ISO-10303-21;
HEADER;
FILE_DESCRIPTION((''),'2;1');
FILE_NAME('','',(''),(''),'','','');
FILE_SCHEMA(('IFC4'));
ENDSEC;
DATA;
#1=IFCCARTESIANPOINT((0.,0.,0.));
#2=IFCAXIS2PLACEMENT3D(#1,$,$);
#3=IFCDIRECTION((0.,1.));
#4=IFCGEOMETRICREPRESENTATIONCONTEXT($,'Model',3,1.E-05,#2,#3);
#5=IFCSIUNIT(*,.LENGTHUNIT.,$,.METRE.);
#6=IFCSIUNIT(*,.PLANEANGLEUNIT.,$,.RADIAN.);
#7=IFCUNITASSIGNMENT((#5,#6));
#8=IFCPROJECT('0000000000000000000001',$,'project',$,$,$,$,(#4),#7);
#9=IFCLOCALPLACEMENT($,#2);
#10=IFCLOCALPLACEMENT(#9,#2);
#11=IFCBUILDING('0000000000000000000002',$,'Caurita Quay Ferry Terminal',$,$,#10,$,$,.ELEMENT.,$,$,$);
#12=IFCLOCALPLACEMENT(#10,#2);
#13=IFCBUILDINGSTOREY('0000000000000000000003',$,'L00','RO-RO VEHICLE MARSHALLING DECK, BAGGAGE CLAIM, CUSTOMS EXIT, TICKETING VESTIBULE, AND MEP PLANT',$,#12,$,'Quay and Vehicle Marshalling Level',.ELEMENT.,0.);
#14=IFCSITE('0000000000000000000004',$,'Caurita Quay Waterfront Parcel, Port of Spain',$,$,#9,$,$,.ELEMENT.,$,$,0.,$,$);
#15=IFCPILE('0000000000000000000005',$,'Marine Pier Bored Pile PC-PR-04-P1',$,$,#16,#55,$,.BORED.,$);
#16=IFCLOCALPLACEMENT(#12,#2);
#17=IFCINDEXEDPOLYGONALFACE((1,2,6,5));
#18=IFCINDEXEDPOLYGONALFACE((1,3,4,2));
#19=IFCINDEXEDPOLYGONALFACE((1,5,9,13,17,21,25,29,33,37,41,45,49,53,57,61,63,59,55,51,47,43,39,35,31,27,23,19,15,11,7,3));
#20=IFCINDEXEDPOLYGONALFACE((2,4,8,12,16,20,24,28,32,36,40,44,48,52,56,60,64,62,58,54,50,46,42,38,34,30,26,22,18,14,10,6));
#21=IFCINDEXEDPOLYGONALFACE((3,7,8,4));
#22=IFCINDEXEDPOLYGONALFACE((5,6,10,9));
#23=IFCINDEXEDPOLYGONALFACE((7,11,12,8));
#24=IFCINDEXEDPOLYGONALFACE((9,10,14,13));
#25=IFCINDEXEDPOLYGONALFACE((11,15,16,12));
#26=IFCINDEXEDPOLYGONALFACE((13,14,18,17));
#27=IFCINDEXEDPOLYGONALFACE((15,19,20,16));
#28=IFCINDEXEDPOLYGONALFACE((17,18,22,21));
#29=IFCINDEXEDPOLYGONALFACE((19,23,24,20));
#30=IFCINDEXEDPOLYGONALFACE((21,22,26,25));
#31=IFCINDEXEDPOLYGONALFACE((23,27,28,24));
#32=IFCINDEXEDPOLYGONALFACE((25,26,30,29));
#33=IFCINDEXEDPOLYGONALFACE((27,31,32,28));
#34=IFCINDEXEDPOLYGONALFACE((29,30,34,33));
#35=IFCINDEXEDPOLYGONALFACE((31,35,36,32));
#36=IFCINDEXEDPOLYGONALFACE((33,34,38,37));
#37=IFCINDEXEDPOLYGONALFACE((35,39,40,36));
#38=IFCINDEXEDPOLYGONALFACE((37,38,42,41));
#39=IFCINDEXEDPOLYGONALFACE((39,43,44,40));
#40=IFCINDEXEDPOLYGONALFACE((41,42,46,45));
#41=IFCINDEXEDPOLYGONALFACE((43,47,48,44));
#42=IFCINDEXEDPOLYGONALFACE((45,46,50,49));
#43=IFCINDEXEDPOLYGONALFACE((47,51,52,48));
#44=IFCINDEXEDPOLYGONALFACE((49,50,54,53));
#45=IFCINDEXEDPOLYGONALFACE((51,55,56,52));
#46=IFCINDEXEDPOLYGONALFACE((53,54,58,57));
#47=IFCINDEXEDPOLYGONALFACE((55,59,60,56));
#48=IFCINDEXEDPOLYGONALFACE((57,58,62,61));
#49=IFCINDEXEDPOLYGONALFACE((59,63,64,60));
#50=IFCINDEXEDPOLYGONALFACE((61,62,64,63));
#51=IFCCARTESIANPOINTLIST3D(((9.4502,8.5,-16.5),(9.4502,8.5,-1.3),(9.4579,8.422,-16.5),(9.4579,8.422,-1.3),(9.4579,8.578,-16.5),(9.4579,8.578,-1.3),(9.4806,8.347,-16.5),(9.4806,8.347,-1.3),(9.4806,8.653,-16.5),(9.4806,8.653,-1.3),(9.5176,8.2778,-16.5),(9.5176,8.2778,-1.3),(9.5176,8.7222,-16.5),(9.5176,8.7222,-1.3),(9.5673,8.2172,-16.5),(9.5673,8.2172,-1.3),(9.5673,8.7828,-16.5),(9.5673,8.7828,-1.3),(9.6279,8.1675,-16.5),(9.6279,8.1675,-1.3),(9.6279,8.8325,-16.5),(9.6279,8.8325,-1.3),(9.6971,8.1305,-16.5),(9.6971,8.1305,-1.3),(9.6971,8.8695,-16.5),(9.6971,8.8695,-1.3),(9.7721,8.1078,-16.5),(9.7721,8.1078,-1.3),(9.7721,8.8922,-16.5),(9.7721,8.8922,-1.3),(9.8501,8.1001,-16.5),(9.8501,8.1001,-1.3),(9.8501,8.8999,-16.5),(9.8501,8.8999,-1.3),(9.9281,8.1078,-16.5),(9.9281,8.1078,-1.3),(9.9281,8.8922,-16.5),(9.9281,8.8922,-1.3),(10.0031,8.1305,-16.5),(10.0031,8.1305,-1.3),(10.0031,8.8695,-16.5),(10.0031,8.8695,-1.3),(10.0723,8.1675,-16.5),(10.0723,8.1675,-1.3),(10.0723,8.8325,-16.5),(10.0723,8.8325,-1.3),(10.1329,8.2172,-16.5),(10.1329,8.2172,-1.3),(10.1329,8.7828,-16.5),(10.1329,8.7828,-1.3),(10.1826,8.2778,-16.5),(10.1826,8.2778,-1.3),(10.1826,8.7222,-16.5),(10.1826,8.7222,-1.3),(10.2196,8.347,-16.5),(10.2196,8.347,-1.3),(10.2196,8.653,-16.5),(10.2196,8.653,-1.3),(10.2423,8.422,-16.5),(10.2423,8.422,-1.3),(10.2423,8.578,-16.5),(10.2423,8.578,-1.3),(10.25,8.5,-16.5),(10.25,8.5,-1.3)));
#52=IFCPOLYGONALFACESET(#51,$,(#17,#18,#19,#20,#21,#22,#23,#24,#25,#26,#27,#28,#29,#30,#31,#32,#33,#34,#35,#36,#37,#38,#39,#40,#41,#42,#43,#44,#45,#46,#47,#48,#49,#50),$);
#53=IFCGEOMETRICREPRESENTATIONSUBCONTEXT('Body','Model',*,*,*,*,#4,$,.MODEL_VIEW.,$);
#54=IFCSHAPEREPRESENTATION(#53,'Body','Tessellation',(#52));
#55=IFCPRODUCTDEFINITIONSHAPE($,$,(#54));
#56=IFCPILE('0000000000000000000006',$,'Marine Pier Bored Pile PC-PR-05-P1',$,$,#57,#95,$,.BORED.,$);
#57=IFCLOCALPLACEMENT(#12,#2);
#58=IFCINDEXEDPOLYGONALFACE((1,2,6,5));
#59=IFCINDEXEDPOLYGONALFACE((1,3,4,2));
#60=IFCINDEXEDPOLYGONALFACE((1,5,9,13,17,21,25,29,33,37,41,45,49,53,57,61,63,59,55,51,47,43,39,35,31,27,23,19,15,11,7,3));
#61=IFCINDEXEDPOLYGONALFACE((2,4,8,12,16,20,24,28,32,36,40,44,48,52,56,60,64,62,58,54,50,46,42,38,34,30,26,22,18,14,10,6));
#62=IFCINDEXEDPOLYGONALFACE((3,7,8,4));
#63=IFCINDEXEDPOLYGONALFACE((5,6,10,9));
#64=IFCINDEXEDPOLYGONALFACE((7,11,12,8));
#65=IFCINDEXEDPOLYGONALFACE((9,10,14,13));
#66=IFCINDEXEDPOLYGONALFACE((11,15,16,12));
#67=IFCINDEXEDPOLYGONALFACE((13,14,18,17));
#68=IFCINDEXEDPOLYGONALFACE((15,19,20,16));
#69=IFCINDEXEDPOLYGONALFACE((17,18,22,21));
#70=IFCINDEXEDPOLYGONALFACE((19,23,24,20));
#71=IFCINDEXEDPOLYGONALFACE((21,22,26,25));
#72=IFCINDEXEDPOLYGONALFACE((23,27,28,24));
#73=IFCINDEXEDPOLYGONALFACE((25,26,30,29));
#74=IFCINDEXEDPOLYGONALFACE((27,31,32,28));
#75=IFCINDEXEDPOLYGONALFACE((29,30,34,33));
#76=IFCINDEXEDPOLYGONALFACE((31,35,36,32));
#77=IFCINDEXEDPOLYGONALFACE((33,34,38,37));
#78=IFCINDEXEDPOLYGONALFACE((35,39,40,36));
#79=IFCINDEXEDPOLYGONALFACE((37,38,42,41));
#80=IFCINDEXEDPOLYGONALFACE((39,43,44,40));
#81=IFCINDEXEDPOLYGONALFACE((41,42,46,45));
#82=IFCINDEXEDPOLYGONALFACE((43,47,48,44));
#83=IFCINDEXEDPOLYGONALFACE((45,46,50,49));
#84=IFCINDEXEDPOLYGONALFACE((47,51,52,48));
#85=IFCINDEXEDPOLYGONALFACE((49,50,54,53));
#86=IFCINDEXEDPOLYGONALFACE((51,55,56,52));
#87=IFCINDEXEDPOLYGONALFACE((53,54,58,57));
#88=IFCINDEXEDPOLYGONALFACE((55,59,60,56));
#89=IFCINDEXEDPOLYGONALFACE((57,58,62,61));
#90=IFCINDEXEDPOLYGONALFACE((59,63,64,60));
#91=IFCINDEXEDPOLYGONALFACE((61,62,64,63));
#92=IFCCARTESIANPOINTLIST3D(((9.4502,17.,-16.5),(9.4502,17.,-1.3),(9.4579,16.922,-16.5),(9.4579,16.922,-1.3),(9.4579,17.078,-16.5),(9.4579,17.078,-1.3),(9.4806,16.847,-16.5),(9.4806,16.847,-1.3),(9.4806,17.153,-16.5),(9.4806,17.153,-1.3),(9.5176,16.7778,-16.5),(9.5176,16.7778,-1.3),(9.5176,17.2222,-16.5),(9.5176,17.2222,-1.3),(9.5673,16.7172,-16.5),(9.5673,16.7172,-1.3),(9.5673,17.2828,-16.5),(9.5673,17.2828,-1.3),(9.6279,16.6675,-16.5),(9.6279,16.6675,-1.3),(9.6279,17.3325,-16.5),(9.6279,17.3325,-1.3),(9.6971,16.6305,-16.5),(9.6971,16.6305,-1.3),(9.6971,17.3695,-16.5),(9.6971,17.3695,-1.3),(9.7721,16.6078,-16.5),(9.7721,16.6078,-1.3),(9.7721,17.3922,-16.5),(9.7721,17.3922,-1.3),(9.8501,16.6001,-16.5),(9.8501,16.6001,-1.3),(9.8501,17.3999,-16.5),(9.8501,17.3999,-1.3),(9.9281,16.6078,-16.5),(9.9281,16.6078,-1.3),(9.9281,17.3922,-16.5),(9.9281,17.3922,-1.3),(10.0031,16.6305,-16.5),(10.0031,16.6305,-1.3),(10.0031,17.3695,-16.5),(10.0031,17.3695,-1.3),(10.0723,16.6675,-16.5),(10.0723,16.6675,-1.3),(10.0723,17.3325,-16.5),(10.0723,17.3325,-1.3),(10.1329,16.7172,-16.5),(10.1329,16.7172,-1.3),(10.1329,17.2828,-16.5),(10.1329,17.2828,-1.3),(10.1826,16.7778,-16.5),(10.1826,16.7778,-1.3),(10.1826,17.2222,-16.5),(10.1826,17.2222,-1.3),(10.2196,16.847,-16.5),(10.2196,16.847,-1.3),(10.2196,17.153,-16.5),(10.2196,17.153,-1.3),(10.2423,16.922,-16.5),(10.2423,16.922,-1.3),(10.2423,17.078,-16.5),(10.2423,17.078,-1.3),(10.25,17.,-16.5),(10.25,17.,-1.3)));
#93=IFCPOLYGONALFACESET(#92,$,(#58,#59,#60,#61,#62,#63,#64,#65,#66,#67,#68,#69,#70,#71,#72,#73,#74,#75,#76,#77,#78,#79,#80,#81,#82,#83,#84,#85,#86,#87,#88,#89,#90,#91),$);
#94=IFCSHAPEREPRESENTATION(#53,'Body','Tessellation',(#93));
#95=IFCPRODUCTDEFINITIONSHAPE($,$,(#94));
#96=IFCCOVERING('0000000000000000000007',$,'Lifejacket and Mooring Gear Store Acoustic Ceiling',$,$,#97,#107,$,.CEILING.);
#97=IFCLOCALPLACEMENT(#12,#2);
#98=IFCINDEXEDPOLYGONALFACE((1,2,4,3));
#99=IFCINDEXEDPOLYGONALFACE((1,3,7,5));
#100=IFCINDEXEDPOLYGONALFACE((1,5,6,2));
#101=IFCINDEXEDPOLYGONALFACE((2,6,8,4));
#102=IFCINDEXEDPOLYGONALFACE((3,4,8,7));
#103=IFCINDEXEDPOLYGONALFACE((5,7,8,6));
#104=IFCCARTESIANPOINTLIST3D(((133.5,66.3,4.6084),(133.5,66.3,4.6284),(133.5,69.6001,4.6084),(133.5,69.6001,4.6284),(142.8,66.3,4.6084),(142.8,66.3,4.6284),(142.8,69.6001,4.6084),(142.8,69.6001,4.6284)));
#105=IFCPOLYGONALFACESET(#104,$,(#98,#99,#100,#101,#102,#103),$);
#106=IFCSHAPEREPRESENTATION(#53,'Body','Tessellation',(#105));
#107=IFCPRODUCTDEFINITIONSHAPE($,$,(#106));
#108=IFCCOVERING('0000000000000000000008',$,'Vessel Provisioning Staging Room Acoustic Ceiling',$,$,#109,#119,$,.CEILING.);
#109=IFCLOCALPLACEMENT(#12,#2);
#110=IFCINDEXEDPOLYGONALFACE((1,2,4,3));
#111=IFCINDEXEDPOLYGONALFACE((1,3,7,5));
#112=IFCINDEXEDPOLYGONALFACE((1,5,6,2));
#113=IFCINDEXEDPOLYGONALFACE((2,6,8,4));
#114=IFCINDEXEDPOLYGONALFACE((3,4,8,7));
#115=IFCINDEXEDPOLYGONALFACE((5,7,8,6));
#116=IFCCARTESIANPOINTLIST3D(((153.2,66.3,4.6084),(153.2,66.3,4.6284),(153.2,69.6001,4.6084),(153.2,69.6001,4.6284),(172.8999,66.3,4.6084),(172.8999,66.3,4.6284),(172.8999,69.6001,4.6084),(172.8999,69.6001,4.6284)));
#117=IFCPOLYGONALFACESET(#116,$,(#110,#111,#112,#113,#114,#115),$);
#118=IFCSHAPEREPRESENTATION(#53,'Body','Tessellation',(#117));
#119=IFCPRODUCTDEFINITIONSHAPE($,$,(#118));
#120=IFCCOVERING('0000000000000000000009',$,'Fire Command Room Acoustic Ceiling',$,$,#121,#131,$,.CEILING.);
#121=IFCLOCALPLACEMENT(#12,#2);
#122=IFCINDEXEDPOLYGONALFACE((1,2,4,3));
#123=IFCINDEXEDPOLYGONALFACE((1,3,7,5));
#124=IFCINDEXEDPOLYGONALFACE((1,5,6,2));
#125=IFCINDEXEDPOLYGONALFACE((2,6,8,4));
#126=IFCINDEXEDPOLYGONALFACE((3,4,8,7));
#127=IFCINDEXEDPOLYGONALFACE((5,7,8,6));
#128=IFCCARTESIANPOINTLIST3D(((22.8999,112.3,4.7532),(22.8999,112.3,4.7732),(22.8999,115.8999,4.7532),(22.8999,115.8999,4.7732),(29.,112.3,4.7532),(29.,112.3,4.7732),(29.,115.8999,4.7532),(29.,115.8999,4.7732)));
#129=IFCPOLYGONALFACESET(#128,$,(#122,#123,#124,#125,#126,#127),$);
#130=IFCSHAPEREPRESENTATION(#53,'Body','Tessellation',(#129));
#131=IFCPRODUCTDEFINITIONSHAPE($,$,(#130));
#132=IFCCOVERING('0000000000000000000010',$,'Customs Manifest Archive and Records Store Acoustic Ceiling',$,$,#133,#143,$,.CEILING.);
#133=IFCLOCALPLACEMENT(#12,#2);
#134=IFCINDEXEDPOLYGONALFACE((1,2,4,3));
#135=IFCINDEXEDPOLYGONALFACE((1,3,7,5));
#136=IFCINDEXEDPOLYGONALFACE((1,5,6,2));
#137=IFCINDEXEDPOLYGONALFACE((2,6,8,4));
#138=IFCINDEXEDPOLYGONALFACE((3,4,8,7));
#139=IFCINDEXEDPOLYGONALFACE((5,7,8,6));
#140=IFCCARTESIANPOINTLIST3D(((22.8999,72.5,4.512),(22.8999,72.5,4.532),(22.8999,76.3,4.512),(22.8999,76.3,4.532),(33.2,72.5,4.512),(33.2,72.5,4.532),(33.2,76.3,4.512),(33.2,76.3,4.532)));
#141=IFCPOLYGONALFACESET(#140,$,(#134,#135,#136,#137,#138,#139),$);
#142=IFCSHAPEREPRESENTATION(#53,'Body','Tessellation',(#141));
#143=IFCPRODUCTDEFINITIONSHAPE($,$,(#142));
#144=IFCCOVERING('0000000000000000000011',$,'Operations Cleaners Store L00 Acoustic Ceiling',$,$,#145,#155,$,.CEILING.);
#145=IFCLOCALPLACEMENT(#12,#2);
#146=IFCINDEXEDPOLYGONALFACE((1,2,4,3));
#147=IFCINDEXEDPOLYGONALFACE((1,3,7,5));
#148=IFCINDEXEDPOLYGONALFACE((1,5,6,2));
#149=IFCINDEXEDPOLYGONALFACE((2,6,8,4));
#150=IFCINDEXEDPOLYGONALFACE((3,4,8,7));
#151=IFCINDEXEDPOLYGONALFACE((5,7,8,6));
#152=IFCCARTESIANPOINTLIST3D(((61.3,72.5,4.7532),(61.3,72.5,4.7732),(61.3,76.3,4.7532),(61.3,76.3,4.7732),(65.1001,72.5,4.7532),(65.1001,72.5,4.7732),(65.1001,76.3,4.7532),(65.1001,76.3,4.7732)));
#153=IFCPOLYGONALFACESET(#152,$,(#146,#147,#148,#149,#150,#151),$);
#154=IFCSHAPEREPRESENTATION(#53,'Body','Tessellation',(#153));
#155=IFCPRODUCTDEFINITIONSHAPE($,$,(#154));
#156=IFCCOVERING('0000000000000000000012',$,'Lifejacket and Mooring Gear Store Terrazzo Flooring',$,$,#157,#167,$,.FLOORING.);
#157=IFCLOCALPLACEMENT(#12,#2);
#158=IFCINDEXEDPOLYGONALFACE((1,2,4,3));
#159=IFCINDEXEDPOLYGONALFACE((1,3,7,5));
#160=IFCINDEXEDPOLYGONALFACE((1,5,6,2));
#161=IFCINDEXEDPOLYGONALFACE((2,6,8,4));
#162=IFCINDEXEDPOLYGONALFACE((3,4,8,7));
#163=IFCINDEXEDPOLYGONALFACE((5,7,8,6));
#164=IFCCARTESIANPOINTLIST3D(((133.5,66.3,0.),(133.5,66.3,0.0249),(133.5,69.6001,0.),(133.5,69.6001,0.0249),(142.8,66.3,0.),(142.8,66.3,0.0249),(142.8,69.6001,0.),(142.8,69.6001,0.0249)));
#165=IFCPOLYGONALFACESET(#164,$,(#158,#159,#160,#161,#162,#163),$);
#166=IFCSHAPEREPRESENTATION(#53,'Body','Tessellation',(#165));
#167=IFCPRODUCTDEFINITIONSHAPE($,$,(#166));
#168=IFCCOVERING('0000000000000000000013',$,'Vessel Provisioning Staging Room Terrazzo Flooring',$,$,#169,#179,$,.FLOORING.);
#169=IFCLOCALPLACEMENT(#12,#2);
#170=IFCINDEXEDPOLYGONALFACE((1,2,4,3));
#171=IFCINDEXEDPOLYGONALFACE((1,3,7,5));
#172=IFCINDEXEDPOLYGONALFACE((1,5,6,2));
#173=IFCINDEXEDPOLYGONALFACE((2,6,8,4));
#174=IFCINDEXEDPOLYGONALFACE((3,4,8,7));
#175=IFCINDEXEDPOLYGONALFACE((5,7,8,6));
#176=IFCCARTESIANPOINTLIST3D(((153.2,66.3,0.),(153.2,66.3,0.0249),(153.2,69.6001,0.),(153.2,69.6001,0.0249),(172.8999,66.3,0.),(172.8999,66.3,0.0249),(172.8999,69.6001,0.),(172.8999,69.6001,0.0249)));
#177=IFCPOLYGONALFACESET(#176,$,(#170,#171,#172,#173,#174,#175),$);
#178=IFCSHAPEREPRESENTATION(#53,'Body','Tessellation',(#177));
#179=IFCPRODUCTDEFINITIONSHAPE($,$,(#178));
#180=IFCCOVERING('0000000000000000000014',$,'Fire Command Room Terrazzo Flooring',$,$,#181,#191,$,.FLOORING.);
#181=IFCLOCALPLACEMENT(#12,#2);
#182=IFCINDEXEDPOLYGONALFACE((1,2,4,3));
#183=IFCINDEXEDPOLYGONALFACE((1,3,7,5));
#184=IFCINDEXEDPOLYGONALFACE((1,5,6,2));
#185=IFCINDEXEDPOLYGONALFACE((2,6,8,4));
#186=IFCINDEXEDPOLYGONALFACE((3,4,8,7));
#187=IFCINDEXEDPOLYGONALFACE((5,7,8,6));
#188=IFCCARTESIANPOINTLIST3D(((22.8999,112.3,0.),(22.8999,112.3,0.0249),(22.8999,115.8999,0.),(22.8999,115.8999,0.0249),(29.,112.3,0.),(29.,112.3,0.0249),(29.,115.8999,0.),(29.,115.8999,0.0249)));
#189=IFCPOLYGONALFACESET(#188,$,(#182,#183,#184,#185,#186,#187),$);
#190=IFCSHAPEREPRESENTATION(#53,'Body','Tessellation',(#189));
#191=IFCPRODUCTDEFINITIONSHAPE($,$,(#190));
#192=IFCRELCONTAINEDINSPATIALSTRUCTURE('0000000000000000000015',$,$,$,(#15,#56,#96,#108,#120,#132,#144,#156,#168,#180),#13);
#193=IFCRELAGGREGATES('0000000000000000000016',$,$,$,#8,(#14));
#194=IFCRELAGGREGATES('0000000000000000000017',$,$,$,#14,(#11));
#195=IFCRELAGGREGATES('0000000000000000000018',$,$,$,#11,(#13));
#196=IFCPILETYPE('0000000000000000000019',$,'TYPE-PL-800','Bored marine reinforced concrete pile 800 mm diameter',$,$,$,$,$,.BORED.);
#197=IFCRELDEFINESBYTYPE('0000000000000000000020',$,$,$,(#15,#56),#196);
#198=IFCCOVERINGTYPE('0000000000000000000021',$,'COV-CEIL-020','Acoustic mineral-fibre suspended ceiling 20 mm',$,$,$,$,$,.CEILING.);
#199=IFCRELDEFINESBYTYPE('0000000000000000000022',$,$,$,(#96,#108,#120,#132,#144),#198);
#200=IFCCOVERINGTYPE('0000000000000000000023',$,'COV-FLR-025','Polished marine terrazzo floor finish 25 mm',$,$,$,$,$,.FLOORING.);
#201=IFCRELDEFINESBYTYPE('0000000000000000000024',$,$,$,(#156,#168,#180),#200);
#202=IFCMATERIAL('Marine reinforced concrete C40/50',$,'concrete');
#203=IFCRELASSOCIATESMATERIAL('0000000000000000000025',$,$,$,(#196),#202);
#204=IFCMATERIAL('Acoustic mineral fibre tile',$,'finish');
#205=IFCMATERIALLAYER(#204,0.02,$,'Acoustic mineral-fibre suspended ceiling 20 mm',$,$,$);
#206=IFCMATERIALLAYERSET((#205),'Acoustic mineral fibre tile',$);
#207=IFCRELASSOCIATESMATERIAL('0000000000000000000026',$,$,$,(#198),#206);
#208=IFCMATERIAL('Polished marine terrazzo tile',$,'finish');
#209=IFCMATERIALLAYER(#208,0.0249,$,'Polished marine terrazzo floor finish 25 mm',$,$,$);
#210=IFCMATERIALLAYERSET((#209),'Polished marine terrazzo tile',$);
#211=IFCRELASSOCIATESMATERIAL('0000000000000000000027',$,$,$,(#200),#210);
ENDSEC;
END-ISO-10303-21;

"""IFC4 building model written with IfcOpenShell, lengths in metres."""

from ifc_helpers import new_model, si_unit, direction, frame, origin, origin_2d, place, context, subcontext, project, spatial, polyline, circle, outline, extrude, material, layer, layer_set, material_profile, profile_set, type_object, element, save


model = new_model("IFC4")

# Units and contexts
model_context = context("Model", 3, precision=1e-05, world=origin(), true_north=direction((0.0, 1.0)))
body_context = subcontext(model_context, "Body", "Model", "MODEL_VIEW")
ifc_project = project(units=[si_unit("LENGTHUNIT", "METRE"), si_unit("PLANEANGLEUNIT", "RADIAN")], contexts=[model_context])

# Site, building, storey
site_placement = place(None, origin())
site = spatial("IfcSite", under=ifc_project, at=site_placement, Name="Caurita Quay Waterfront Parcel, Port of Spain", CompositionType="ELEMENT", RefElevation=0.0)
building_placement = place(site_placement, origin())
building = spatial("IfcBuilding", under=site, at=building_placement, Name="Caurita Quay Ferry Terminal", CompositionType="ELEMENT")
storey_placement = place(building_placement, origin())
storey = spatial("IfcBuildingStorey", under=building, at=storey_placement, Name="L00", Description="RO-RO VEHICLE MARSHALLING DECK, BAGGAGE CLAIM, CUSTOMS EXIT, TICKETING VESTIBULE, AND MEP PLANT", LongName="Quay and Vehicle Marshalling Level", CompositionType="ELEMENT", Elevation=0.0)

# Piles
ifc_material_1 = material(Name="Marine reinforced concrete C40/50", Category="concrete")
ifc_material_profile = material_profile(ifc_material_1, circle(Radius=0.3999, at=origin_2d()), Name="PILE-D800")
ifc_profile_set = profile_set([ifc_material_profile], Name="Marine reinforced concrete C40/50")
pile_type = type_object("IfcPileType", Name="TYPE-PL-800", Description="Bored marine reinforced concrete pile 800 mm diameter", PredefinedType="BORED", material=ifc_profile_set)
for number, where, z_axis, x_axis, name in (
    (1, (9.8501, 8.5, -1.3), (0.0, 0.0, -1.0), (1.0, 0.0, 0.0), "Marine Pier Bored Pile PC-PR-04-P1"),
    (2, (9.8501, 17.0, -1.3), (0.0, 0.0, -1.0), (1.0, 0.0, 0.0), "Marine Pier Bored Pile PC-PR-05-P1"),
):
    element("IfcPile", number, at=place(storey_placement, frame(where, z_axis=z_axis, x_axis=x_axis)), inside=storey, type_object=pile_type, Name=name, PredefinedType="BORED", context=body_context, shape_type="SweptSolid", body=[
        extrude(circle(Radius=0.3999, at=origin_2d()), origin(), (0.0, 0.0, 1.0), 15.2),
    ])

# Coverings
ifc_material_2 = material(Name="Acoustic mineral fibre tile", Category="finish")
ifc_layer_1 = layer(ifc_material_2, 0.02, Name="Acoustic mineral-fibre suspended ceiling 20 mm")
ifc_layer_set_1 = layer_set([ifc_layer_1], Name="Acoustic mineral fibre tile")
covering_type_1 = type_object("IfcCoveringType", Name="COV-CEIL-020", Description="Acoustic mineral-fibre suspended ceiling 20 mm", PredefinedType="CEILING", material=ifc_layer_set_1)
covering_1_placement = place(storey_placement, frame((0.0, 0.0, 4.6084)))
element("IfcCovering", 3, at=covering_1_placement, inside=storey, type_object=covering_type_1, Name="Lifejacket and Mooring Gear Store Acoustic Ceiling", PredefinedType="CEILING", context=body_context, shape_type="SweptSolid", body=[
    extrude(outline(polyline([(133.5, 66.3), (142.8, 66.3), (142.8, 69.6001), (133.5, 69.6001), (133.5, 66.3)])), origin(), (0.0, 0.0, 1.0), 0.02),
])
covering_2_placement = place(storey_placement, frame((0.0, 0.0, 4.6084)))
element("IfcCovering", 4, at=covering_2_placement, inside=storey, type_object=covering_type_1, Name="Vessel Provisioning Staging Room Acoustic Ceiling", PredefinedType="CEILING", context=body_context, shape_type="SweptSolid", body=[
    extrude(outline(polyline([(153.2, 66.3), (172.8999, 66.3), (172.8999, 69.6001), (153.2, 69.6001), (153.2, 66.3)])), origin(), (0.0, 0.0, 1.0), 0.02),
])
covering_3_placement = place(storey_placement, frame((0.0, 0.0, 4.7532)))
element("IfcCovering", 5, at=covering_3_placement, inside=storey, type_object=covering_type_1, Name="Fire Command Room Acoustic Ceiling", PredefinedType="CEILING", context=body_context, shape_type="SweptSolid", body=[
    extrude(outline(polyline([(22.8999, 112.3), (29.0, 112.3), (29.0, 115.8999), (22.8999, 115.8999), (22.8999, 112.3)])), origin(), (0.0, 0.0, 1.0), 0.02),
])
covering_4_placement = place(storey_placement, frame((0.0, 0.0, 4.512)))
element("IfcCovering", 6, at=covering_4_placement, inside=storey, type_object=covering_type_1, Name="Customs Manifest Archive and Records Store Acoustic Ceiling", PredefinedType="CEILING", context=body_context, shape_type="SweptSolid", body=[
    extrude(outline(polyline([(22.8999, 72.5), (33.2, 72.5), (33.2, 76.3), (22.8999, 76.3), (22.8999, 72.5)])), origin(), (0.0, 0.0, 1.0), 0.02),
])
covering_5_placement = place(storey_placement, frame((0.0, 0.0, 4.7532)))
element("IfcCovering", 7, at=covering_5_placement, inside=storey, type_object=covering_type_1, Name="Operations Cleaners Store L00 Acoustic Ceiling", PredefinedType="CEILING", context=body_context, shape_type="SweptSolid", body=[
    extrude(outline(polyline([(61.3, 72.5), (65.1001, 72.5), (65.1001, 76.3), (61.3, 76.3), (61.3, 72.5)])), origin(), (0.0, 0.0, 1.0), 0.02),
])
ifc_material_3 = material(Name="Polished marine terrazzo tile", Category="finish")
ifc_layer_2 = layer(ifc_material_3, 0.0249, Name="Polished marine terrazzo floor finish 25 mm")
ifc_layer_set_2 = layer_set([ifc_layer_2], Name="Polished marine terrazzo tile")
covering_type_2 = type_object("IfcCoveringType", Name="COV-FLR-025", Description="Polished marine terrazzo floor finish 25 mm", PredefinedType="FLOORING", material=ifc_layer_set_2)
covering_6_placement = place(storey_placement, origin())
element("IfcCovering", 8, at=covering_6_placement, inside=storey, type_object=covering_type_2, Name="Lifejacket and Mooring Gear Store Terrazzo Flooring", PredefinedType="FLOORING", context=body_context, shape_type="SweptSolid", body=[
    extrude(outline(polyline([(133.5, 66.3), (142.8, 66.3), (142.8, 69.6001), (133.5, 69.6001), (133.5, 66.3)])), origin(), (0.0, 0.0, 1.0), 0.0249),
])
covering_7_placement = place(storey_placement, origin())
element("IfcCovering", 9, at=covering_7_placement, inside=storey, type_object=covering_type_2, Name="Vessel Provisioning Staging Room Terrazzo Flooring", PredefinedType="FLOORING", context=body_context, shape_type="SweptSolid", body=[
    extrude(outline(polyline([(153.2, 66.3), (172.8999, 66.3), (172.8999, 69.6001), (153.2, 69.6001), (153.2, 66.3)])), origin(), (0.0, 0.0, 1.0), 0.0249),
])
covering_8_placement = place(storey_placement, origin())
element("IfcCovering", 10, at=covering_8_placement, inside=storey, type_object=covering_type_2, Name="Fire Command Room Terrazzo Flooring", PredefinedType="FLOORING", context=body_context, shape_type="SweptSolid", body=[
    extrude(outline(polyline([(22.8999, 112.3), (29.0, 112.3), (29.0, 115.8999), (22.8999, 115.8999), (22.8999, 112.3)])), origin(), (0.0, 0.0, 1.0), 0.0249),
])

save(model, "model.ifc")
